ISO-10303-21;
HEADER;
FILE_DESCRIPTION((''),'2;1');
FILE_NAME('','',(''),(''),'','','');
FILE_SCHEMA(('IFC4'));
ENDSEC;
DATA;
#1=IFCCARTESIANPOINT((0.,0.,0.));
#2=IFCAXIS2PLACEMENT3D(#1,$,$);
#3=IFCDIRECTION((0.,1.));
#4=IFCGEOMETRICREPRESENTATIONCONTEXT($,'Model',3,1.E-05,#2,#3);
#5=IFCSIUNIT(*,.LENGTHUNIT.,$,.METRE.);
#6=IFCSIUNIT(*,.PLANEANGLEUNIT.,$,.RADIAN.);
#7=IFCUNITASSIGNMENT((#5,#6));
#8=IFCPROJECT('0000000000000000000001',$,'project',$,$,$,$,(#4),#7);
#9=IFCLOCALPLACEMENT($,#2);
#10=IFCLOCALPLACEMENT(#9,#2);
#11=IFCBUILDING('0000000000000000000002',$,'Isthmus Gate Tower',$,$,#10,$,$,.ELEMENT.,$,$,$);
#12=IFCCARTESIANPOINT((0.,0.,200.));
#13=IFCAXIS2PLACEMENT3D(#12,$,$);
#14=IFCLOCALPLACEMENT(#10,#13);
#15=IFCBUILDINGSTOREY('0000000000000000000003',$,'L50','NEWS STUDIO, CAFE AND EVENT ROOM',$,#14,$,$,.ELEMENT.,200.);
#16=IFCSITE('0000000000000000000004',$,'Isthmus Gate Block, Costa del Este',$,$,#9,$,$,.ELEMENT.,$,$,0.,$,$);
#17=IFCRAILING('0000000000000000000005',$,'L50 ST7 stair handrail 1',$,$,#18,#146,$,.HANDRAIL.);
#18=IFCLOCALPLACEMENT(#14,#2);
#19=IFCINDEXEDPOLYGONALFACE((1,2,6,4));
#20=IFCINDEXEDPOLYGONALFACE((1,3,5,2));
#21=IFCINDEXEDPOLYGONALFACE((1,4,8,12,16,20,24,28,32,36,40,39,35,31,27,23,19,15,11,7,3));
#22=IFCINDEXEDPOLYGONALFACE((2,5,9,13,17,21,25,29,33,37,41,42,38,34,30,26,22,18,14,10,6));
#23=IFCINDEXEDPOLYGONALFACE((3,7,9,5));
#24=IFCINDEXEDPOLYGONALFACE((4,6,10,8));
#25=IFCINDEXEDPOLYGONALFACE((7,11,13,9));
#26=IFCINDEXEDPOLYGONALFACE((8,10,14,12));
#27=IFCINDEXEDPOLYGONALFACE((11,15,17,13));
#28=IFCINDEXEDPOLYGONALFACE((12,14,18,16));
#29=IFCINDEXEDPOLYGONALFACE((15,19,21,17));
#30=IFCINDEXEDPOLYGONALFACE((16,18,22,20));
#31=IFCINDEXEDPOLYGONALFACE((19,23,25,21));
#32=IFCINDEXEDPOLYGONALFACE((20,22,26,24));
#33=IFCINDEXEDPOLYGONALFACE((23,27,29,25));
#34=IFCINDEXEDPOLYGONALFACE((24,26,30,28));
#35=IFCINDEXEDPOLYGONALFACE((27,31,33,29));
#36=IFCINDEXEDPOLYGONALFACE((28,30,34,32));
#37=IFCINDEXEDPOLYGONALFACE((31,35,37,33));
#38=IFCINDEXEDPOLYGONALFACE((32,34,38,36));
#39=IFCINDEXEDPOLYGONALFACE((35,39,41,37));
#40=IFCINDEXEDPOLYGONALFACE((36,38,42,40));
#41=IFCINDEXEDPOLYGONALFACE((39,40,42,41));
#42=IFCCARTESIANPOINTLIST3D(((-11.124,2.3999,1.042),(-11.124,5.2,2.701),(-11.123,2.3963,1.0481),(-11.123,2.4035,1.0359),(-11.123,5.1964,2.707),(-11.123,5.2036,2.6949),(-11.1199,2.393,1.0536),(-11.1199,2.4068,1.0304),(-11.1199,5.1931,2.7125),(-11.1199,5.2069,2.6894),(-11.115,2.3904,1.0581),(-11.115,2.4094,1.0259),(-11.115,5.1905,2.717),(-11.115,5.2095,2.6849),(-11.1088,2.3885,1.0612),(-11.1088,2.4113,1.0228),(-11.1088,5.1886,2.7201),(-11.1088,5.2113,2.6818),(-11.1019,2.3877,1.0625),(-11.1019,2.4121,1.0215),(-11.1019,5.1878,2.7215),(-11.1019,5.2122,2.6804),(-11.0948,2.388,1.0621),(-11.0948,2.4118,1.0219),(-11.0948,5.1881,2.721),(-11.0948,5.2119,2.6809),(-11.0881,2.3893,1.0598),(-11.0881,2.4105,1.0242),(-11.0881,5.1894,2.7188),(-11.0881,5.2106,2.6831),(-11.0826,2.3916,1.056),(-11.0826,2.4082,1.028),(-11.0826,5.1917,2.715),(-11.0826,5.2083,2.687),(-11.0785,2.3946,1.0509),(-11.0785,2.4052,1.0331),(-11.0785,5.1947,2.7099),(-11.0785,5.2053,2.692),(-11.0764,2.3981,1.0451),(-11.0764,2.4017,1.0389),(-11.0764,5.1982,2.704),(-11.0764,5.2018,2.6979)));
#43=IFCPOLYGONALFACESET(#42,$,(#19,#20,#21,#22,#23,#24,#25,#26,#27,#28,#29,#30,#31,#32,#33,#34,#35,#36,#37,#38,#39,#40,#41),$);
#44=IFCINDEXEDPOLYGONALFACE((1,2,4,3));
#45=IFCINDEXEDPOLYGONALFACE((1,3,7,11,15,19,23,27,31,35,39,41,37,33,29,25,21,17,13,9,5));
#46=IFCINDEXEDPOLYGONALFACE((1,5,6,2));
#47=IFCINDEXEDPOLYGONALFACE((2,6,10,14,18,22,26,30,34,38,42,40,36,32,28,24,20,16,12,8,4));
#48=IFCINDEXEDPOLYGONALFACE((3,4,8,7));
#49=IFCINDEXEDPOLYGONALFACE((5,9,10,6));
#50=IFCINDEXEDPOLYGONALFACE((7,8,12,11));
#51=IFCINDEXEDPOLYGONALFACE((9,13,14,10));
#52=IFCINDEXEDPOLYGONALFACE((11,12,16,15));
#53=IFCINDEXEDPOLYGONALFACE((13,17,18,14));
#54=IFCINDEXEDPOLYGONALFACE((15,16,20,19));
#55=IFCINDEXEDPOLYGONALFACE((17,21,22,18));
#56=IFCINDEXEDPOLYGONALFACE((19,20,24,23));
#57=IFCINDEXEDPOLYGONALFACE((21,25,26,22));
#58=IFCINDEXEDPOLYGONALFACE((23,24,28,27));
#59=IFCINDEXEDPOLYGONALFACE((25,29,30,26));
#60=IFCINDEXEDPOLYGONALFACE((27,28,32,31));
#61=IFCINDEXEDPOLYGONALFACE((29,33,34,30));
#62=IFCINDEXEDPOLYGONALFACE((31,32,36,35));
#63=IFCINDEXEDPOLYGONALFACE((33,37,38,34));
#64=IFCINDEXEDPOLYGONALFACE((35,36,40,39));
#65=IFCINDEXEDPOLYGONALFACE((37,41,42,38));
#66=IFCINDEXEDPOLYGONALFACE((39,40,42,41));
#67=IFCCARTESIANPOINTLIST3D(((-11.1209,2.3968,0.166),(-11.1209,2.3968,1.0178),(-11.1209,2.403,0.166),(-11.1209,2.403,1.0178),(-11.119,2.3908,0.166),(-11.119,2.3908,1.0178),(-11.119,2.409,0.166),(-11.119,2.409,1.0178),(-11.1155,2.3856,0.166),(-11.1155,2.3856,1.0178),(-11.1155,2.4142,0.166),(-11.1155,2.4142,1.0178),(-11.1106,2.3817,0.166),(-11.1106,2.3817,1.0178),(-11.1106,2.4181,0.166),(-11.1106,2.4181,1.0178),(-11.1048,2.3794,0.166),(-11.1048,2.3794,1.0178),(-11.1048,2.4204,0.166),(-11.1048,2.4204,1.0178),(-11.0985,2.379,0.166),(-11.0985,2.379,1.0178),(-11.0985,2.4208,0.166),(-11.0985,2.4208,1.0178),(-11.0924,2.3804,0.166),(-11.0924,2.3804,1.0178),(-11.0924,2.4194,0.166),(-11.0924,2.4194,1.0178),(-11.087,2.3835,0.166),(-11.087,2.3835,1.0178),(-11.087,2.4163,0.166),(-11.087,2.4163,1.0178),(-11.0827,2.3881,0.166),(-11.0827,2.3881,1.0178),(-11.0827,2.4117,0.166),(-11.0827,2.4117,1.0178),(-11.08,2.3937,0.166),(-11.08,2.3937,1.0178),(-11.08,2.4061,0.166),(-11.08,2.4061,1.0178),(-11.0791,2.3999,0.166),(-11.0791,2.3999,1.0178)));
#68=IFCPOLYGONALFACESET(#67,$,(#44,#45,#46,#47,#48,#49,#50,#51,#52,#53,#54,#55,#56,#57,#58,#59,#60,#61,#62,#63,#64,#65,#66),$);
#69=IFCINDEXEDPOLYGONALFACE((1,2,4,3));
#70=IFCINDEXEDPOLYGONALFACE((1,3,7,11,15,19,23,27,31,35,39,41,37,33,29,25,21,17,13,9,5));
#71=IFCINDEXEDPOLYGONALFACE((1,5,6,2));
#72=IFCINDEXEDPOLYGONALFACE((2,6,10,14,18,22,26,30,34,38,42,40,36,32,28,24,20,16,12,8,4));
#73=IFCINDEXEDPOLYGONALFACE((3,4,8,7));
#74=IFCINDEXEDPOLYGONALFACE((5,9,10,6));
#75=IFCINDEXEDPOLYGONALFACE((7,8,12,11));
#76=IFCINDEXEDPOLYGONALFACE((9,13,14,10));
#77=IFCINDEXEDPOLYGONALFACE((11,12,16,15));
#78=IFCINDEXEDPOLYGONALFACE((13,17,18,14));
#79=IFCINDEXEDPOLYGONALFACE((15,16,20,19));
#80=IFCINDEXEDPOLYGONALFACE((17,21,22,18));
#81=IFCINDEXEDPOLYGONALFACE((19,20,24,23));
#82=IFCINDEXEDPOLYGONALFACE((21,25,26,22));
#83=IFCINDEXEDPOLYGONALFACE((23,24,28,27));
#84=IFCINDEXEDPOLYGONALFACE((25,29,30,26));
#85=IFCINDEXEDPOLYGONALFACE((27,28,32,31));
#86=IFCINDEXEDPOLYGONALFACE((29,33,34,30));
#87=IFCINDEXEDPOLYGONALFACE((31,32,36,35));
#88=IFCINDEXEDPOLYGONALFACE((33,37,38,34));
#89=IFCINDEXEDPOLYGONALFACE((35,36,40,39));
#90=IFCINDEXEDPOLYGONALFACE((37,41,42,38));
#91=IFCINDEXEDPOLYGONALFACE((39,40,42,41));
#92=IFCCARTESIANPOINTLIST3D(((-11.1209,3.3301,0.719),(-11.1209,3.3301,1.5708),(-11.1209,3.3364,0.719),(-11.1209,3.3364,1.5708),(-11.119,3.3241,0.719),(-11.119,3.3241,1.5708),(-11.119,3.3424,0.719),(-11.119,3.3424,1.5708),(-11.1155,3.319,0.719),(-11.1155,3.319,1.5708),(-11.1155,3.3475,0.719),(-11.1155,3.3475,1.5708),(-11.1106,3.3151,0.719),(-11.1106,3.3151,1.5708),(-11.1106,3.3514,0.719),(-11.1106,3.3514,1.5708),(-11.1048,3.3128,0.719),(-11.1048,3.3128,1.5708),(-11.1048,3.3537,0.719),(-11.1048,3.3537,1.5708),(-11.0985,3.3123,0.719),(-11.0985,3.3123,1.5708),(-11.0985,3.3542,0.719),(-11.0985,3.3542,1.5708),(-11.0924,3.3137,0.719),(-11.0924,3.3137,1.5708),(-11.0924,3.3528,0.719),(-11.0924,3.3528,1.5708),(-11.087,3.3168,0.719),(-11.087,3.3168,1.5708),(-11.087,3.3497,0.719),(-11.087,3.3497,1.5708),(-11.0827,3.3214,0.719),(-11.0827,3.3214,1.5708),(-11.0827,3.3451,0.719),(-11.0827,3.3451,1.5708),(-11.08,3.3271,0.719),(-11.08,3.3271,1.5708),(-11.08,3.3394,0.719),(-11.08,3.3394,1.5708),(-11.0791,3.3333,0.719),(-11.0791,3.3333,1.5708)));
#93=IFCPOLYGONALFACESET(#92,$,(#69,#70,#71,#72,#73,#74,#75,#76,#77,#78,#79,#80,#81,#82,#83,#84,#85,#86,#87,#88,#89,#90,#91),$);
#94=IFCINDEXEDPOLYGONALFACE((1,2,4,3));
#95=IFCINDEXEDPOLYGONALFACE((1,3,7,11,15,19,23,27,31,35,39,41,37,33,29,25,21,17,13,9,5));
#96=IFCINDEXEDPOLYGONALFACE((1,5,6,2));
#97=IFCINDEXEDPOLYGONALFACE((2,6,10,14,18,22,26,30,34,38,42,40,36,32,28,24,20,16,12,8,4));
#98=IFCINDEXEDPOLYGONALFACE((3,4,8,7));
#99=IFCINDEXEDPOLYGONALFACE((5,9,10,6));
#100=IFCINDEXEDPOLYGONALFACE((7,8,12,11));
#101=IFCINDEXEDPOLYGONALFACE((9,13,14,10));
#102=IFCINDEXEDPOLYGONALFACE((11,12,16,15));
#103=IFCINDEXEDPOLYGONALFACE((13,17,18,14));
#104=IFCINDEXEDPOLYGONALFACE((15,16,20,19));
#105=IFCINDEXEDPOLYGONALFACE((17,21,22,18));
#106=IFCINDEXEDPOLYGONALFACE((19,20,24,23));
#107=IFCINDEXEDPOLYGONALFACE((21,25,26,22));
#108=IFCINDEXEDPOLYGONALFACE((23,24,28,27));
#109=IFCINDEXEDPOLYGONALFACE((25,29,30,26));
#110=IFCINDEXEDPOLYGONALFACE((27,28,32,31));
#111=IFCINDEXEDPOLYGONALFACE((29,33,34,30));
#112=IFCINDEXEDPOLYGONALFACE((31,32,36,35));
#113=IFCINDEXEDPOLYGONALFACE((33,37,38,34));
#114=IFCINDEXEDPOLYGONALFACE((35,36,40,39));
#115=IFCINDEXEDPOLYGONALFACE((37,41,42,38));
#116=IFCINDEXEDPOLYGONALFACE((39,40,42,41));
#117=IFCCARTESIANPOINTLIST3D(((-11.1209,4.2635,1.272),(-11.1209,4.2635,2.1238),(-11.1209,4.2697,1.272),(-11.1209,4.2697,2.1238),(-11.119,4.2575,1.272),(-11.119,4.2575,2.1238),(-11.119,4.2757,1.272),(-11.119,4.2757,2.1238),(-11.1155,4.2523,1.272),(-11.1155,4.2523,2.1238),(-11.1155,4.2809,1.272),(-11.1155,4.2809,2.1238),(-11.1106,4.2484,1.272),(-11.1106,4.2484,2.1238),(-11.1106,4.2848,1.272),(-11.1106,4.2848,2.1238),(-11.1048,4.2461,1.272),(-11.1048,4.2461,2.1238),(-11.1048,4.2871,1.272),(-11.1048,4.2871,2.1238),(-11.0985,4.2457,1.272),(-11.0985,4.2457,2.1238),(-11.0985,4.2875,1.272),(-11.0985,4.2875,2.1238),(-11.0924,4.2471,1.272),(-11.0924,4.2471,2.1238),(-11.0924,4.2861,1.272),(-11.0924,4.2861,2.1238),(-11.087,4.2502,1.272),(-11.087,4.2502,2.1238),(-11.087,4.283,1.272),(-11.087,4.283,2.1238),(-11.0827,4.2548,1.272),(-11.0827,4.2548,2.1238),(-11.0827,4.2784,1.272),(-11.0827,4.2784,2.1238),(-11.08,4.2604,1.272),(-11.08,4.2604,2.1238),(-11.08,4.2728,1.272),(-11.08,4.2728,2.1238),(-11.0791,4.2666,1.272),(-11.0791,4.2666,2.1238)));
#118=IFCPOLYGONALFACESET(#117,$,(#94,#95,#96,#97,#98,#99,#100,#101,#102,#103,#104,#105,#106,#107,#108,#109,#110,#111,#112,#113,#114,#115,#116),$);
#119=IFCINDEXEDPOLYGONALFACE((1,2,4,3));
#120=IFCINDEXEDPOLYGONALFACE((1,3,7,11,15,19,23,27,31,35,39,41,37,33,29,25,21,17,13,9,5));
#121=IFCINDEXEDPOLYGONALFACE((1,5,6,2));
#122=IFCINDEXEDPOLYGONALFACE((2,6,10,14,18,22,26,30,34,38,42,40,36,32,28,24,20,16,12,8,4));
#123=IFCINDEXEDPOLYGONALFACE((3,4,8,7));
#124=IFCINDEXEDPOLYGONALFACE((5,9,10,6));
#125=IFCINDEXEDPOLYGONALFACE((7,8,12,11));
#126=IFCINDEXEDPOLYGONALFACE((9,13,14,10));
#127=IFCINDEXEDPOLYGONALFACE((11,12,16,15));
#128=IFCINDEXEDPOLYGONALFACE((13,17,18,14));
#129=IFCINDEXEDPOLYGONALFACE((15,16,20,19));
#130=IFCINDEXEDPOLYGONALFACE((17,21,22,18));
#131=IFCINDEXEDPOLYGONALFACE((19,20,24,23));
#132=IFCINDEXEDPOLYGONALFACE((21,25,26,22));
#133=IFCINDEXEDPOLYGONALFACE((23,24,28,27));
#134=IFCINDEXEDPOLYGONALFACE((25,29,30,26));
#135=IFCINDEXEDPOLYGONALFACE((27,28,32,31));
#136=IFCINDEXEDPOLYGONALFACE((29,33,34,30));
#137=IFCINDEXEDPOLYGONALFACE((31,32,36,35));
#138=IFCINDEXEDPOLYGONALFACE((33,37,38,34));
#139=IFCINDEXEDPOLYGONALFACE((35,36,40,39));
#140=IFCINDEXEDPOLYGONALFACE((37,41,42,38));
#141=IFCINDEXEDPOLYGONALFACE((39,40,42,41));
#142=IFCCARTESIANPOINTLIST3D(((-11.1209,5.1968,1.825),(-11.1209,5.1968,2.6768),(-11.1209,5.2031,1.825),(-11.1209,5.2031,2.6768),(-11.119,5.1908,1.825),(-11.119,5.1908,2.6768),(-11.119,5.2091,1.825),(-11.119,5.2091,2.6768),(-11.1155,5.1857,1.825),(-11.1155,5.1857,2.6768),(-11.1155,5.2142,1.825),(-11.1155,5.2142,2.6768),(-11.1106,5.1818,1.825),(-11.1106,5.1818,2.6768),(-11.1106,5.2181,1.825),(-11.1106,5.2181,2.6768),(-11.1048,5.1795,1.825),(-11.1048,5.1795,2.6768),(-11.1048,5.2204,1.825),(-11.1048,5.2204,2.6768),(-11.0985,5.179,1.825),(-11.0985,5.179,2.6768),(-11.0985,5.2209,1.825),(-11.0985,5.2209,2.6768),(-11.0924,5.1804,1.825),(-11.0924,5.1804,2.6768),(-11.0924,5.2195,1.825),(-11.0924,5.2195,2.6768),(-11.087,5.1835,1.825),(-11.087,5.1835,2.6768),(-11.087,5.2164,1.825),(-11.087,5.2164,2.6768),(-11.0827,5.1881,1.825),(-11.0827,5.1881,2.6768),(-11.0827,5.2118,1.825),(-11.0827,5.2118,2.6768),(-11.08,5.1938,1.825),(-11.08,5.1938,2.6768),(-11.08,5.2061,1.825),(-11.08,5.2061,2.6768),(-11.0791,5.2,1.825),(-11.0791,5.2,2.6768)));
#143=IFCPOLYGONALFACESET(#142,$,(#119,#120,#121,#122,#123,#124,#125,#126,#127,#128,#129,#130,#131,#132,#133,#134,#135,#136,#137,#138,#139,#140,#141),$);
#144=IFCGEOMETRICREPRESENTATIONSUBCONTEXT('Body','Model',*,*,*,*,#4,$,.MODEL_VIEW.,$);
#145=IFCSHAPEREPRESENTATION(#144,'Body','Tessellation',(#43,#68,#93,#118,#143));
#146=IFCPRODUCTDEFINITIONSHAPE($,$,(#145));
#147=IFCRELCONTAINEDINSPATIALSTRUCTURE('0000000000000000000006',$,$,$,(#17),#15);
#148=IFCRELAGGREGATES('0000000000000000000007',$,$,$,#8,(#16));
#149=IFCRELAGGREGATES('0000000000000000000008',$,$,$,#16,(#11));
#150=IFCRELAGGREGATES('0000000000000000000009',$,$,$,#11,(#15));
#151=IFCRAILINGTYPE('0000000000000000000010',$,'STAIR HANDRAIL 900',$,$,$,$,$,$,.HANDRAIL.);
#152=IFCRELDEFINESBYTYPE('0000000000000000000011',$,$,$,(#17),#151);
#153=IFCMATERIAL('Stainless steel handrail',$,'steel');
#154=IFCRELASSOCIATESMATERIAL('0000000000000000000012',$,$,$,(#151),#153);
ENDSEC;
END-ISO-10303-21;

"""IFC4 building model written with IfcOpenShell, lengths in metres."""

from ifc_helpers import new_model, si_unit, direction, frame, origin, origin_2d, place, context, subcontext, project, spatial, circle, extrude, material, type_object, element, save


model = new_model("IFC4")

# Units and contexts
model_context = context("Model", 3, precision=1e-05, world=origin(), true_north=direction((0.0, 1.0)))
body_context = subcontext(model_context, "Body", "Model", "MODEL_VIEW")
ifc_project = project(units=[si_unit("LENGTHUNIT", "METRE"), si_unit("PLANEANGLEUNIT", "RADIAN")], contexts=[model_context])

# Site, building, storey
site_placement = place(None, origin())
site = spatial("IfcSite", under=ifc_project, at=site_placement, Name="Isthmus Gate Block, Costa del Este", CompositionType="ELEMENT", RefElevation=0.0)
building_placement = place(site_placement, origin())
building = spatial("IfcBuilding", under=site, at=building_placement, Name="Isthmus Gate Tower", CompositionType="ELEMENT")
storey_placement = place(building_placement, frame((0.0, 0.0, 200.0)))
storey = spatial("IfcBuildingStorey", under=building, at=storey_placement, Name="L50", Description="NEWS STUDIO, CAFE AND EVENT ROOM", CompositionType="ELEMENT", Elevation=200.0)

# Railing
ifc_material_1 = material(Name="Stainless steel handrail", Category="steel")
railing_type_1 = type_object("IfcRailingType", Name="STAIR HANDRAIL 900", PredefinedType="HANDRAIL", material=ifc_material_1)
for number, where, name in (
    (1, (-11.1001, 2.3999, 0.166), "L50 ST7 stair handrail 1"),
):
    element("IfcRailing", number, at=place(storey_placement, frame(where)), inside=storey, type_object=railing_type_1, Name=name, PredefinedType="HANDRAIL", context=body_context, shape_type="SweptSolid", body=[
        extrude(circle(Radius=0.0239, at=origin_2d()), frame((0.0, 0.0, 0.876), z_axis=(0.0, 0.860339, 0.509722), x_axis=(-1.0, 0.0, 0.0)), (0.0, 0.0, 1.0), 3.2546),
        extrude(circle(Radius=0.021, at=origin_2d()), origin(), (0.0, 0.0, 1.0), 0.8518),
        extrude(circle(Radius=0.021, at=origin_2d()), frame((0.0, 0.9333, 0.553)), (0.0, 0.0, 1.0), 0.8518),
        extrude(circle(Radius=0.021, at=origin_2d()), frame((0.0, 1.8667, 1.106)), (0.0, 0.0, 1.0), 0.8518),
        extrude(circle(Radius=0.021, at=origin_2d()), frame((0.0, 2.8, 1.6589)), (0.0, 0.0, 1.0), 0.8518),
    ])

save(model, "model.ifc")
